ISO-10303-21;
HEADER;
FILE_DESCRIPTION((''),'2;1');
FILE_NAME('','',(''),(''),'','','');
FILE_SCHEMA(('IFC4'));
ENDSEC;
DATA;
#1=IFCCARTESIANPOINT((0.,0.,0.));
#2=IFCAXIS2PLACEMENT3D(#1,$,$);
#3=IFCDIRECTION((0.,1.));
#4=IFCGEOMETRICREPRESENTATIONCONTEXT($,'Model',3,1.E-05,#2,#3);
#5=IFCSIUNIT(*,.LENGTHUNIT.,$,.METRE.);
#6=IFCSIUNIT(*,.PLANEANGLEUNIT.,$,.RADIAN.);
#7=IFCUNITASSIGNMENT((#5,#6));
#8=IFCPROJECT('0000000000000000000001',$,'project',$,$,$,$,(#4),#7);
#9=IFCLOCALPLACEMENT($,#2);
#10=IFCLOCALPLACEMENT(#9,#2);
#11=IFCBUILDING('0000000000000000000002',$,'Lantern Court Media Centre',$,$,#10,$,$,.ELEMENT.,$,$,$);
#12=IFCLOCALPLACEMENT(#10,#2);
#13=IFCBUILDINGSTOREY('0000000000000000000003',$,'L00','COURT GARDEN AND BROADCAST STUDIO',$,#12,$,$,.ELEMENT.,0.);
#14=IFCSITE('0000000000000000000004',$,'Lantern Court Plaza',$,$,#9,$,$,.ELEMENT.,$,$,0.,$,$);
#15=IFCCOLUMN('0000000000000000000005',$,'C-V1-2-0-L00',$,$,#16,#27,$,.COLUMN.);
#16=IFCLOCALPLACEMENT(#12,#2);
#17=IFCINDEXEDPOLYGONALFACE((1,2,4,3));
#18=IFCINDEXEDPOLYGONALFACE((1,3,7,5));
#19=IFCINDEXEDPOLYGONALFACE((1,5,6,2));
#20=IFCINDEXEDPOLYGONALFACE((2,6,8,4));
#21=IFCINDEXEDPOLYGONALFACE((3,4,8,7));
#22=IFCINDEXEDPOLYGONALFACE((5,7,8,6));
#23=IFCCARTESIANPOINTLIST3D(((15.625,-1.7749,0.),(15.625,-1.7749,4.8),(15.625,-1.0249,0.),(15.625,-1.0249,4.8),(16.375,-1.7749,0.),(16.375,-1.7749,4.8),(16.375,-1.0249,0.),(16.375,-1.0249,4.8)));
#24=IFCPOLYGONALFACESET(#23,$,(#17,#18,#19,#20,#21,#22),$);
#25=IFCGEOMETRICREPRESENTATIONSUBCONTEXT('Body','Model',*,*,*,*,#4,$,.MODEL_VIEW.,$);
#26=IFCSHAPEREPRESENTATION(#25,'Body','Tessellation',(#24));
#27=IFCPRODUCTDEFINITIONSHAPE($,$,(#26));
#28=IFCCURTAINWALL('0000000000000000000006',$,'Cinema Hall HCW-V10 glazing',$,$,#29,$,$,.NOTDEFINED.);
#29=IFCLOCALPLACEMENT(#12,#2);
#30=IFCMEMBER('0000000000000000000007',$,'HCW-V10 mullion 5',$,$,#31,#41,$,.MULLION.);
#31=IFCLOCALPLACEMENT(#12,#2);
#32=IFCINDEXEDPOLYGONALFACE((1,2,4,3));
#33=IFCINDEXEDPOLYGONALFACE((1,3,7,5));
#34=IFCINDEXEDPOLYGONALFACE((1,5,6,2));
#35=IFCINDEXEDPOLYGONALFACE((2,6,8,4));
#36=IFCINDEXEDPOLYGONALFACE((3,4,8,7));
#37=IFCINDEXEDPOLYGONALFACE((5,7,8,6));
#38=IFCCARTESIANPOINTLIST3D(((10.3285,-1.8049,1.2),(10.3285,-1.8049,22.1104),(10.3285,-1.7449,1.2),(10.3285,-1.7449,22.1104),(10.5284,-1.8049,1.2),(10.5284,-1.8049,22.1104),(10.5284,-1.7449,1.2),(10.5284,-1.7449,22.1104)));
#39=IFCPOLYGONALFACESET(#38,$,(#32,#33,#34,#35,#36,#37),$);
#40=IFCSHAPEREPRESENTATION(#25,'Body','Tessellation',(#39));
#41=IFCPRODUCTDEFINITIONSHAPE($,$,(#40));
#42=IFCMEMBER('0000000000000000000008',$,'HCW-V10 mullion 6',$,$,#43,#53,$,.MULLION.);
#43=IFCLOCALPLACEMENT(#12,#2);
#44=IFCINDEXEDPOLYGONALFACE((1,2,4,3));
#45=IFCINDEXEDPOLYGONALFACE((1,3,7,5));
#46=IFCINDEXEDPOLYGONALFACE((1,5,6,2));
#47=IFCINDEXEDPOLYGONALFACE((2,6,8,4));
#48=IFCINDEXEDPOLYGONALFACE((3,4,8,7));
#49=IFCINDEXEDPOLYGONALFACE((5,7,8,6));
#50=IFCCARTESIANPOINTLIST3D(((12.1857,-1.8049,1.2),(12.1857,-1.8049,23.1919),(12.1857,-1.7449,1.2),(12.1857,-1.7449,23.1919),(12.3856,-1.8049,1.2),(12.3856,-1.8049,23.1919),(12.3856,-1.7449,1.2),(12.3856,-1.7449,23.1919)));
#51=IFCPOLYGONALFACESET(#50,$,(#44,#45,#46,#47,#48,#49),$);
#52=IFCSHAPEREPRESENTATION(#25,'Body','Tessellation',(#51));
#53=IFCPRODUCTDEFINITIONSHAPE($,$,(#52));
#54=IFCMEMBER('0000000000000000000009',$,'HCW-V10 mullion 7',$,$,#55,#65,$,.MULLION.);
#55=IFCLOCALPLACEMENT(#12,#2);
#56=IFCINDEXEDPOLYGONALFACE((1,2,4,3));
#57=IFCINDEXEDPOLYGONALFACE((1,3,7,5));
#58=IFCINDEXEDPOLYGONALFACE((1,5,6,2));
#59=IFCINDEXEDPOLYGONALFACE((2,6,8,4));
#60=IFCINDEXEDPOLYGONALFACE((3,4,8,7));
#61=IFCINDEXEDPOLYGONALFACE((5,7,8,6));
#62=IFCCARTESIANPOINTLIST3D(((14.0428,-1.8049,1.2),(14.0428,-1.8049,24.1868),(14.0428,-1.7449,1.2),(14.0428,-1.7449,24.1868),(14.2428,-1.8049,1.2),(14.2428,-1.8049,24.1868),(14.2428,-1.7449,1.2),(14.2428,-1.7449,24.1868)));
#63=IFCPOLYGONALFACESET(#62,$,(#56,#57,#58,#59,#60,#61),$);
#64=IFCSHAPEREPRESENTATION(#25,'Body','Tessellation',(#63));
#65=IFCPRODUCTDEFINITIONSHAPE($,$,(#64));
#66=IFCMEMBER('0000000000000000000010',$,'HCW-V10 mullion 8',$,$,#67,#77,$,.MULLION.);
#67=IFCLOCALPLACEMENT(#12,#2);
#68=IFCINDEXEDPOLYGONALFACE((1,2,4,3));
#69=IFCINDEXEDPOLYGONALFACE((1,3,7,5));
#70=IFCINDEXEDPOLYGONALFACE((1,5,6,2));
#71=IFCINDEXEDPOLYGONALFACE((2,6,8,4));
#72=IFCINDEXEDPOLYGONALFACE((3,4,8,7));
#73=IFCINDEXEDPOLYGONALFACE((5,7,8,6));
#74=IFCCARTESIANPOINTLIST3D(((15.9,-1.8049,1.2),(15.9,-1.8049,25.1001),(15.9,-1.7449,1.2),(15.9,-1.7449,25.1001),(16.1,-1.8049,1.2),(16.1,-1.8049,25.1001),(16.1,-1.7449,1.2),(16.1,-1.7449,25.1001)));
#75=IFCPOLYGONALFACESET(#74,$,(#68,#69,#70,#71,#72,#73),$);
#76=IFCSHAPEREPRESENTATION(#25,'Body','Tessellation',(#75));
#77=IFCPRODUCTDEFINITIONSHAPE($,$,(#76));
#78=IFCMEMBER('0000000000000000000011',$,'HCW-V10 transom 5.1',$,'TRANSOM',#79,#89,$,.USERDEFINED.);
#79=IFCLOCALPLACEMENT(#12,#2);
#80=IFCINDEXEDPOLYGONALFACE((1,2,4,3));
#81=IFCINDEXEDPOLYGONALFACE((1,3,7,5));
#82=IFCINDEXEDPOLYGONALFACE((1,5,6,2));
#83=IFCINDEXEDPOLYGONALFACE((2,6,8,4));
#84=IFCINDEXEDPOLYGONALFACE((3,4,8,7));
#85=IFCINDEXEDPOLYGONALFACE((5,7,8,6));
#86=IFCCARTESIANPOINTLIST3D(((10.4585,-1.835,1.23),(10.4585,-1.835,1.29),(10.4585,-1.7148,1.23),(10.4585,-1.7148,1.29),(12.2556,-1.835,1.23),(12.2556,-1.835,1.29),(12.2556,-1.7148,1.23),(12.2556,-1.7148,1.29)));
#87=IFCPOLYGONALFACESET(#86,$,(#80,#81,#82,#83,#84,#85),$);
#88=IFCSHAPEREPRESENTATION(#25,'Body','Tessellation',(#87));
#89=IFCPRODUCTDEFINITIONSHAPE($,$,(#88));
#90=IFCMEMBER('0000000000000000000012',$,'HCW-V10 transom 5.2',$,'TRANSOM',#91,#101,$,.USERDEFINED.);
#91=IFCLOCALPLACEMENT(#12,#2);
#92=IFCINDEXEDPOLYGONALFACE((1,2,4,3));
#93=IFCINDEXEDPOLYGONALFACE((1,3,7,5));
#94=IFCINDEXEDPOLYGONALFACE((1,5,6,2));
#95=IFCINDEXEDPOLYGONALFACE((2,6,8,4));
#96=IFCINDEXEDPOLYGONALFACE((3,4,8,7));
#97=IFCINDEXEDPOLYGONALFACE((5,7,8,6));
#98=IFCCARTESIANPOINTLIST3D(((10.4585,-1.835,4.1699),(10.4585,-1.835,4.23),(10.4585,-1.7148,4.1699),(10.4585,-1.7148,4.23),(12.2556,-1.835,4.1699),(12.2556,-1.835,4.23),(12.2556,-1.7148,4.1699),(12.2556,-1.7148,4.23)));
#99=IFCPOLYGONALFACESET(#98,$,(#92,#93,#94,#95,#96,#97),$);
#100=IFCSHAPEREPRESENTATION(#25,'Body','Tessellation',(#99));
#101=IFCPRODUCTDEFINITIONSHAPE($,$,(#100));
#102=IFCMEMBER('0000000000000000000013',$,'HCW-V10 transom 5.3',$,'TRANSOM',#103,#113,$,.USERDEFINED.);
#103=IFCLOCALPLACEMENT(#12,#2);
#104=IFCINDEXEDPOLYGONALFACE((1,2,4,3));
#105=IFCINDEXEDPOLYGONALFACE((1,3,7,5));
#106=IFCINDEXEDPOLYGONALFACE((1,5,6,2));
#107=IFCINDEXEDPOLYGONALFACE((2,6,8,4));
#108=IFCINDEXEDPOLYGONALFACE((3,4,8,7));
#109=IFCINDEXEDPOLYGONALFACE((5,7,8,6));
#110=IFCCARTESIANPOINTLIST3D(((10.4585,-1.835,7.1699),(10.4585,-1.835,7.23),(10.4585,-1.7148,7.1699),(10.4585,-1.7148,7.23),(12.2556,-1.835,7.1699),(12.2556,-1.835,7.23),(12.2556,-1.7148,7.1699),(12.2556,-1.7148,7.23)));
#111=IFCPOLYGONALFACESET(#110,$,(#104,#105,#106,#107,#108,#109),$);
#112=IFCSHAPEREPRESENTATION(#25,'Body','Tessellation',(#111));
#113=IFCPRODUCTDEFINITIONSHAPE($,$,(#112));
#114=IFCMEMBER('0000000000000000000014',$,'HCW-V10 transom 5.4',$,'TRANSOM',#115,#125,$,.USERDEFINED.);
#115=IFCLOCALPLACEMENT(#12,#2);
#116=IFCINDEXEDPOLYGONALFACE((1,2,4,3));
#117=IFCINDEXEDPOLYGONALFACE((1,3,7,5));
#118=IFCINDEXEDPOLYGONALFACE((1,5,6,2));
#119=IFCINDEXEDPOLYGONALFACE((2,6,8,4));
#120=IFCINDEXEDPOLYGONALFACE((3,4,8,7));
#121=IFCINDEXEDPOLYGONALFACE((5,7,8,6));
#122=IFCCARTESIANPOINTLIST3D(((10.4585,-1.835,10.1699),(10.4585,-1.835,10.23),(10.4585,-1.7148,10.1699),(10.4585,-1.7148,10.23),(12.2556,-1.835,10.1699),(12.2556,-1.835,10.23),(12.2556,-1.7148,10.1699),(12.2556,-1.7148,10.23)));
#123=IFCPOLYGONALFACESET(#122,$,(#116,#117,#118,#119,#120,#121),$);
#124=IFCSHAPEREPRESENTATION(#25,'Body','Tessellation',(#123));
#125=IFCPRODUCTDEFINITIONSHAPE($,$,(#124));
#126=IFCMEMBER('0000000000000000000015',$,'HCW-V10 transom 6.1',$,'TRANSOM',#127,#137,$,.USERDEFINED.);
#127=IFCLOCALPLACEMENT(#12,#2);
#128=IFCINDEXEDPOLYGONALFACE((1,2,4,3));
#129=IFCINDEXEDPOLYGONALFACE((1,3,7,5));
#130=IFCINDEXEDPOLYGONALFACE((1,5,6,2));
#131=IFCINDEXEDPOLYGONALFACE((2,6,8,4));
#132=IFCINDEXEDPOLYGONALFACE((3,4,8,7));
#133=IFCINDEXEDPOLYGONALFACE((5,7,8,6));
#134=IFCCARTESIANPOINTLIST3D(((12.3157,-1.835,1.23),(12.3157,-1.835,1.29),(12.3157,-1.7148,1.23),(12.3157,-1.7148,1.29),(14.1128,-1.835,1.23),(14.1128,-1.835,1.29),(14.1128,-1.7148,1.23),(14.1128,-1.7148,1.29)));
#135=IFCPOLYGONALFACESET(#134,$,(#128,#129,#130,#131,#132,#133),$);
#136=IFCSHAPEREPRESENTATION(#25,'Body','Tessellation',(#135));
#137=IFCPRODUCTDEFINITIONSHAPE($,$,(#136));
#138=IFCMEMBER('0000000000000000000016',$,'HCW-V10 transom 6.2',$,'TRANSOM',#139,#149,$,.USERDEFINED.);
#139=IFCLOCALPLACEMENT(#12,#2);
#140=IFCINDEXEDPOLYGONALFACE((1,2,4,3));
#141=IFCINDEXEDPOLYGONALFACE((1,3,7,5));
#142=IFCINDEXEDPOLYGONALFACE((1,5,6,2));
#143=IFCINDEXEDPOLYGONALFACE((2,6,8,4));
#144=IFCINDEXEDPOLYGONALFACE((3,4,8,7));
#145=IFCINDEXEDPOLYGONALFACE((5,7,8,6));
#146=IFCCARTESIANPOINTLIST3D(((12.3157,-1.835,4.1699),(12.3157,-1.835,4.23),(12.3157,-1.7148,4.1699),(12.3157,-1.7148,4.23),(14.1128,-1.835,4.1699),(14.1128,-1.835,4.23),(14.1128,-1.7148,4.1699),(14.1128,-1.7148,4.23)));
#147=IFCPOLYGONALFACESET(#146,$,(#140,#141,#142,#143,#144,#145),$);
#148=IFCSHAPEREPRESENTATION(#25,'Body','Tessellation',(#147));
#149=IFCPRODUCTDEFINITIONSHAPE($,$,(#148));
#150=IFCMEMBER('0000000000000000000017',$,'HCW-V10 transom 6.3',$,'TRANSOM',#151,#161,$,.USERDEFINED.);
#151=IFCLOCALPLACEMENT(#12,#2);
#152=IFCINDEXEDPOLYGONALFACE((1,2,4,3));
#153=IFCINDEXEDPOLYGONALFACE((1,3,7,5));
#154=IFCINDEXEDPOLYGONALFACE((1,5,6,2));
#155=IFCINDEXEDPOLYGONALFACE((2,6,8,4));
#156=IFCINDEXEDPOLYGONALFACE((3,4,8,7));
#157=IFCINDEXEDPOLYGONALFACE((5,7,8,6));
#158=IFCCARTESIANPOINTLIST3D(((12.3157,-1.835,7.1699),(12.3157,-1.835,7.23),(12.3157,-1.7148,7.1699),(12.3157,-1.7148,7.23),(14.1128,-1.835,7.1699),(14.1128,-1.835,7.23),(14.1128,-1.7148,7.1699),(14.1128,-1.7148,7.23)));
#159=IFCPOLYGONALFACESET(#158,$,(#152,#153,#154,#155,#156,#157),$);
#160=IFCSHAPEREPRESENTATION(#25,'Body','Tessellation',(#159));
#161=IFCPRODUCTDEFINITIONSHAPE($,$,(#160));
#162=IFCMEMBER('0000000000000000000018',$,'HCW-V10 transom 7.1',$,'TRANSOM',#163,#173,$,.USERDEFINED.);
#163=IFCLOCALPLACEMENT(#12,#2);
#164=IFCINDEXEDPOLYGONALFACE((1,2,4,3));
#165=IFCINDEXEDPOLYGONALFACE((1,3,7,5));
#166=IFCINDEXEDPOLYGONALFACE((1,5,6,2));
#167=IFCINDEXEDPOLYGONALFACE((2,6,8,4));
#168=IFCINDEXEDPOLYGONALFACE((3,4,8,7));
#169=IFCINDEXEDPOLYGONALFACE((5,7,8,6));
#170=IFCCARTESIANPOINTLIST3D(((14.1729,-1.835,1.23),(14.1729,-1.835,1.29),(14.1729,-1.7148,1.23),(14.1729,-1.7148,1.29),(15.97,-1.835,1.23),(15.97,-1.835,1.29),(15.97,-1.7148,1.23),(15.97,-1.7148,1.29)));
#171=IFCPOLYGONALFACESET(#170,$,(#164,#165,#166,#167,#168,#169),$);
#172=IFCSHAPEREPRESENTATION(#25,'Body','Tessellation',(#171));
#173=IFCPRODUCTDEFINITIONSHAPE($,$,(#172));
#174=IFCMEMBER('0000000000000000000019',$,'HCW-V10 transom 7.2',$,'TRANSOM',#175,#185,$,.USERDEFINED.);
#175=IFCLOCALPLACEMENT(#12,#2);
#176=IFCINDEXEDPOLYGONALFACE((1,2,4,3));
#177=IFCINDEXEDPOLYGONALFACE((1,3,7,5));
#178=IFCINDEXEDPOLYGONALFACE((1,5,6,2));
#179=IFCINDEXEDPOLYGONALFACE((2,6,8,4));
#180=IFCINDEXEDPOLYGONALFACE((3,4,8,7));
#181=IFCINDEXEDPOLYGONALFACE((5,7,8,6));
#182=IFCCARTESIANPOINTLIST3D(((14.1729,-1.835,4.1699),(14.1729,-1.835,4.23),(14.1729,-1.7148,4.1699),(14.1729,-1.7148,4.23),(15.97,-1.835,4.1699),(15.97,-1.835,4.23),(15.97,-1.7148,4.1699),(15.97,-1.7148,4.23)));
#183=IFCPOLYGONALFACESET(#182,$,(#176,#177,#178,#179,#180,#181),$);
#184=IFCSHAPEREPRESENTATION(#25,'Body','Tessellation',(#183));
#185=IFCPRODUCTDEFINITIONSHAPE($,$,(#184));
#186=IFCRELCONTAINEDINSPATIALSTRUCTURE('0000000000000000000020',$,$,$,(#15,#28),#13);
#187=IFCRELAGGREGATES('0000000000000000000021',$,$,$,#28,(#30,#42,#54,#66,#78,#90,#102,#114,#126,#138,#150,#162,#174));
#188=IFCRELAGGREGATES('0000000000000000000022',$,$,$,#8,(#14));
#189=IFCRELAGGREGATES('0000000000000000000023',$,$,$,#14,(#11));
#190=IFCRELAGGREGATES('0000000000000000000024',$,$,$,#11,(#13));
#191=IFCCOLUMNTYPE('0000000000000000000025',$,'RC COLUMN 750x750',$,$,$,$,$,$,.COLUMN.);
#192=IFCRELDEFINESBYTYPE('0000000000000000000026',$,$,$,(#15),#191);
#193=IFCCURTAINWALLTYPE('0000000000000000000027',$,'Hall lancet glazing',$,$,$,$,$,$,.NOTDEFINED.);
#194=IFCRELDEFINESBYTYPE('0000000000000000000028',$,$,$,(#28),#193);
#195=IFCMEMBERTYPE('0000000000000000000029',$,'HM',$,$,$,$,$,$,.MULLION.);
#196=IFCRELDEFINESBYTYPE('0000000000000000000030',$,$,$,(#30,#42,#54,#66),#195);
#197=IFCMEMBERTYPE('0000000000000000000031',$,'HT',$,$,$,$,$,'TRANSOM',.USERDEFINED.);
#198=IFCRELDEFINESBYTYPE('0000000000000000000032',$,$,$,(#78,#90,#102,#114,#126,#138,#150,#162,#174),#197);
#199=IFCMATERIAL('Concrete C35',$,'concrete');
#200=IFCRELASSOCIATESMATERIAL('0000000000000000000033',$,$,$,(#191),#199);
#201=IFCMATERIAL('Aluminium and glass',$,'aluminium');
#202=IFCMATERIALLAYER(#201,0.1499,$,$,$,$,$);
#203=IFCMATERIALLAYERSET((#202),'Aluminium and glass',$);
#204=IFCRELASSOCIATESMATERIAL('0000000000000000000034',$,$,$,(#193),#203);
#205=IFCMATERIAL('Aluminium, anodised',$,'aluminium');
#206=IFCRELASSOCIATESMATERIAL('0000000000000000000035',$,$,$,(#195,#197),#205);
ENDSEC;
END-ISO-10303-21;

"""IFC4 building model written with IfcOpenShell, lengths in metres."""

from ifc_helpers import new_model, si_unit, direction, frame, origin, origin_2d, place, context, subcontext, project, spatial, rectangle, extrude, material, layer, layer_set, material_profile, profile_set, type_object, element, aggregate, save


model = new_model("IFC4")

# Units and contexts
model_context = context("Model", 3, precision=1e-05, world=origin(), true_north=direction((0.0, 1.0)))
body_context = subcontext(model_context, "Body", "Model", "MODEL_VIEW")
ifc_project = project(units=[si_unit("LENGTHUNIT", "METRE"), si_unit("PLANEANGLEUNIT", "RADIAN")], contexts=[model_context])

# Site, building, storey
site_placement = place(None, origin())
site = spatial("IfcSite", under=ifc_project, at=site_placement, Name="Lantern Court Plaza", CompositionType="ELEMENT", RefElevation=0.0)
building_placement = place(site_placement, origin())
building = spatial("IfcBuilding", under=site, at=building_placement, Name="Lantern Court Media Centre", CompositionType="ELEMENT")
storey_placement = place(building_placement, origin())
storey = spatial("IfcBuildingStorey", under=building, at=storey_placement, Name="L00", Description="COURT GARDEN AND BROADCAST STUDIO", CompositionType="ELEMENT", Elevation=0.0)

# Column
ifc_material_1 = material(Name="Concrete C35", Category="concrete")
ifc_material_profile_1 = material_profile(ifc_material_1, rectangle(XDim=0.75, YDim=0.75, at=origin_2d()), Name="RC 750x750")
ifc_profile_set_1 = profile_set([ifc_material_profile_1], Name="Concrete C35")
column_type = type_object("IfcColumnType", Name="RC COLUMN 750x750", PredefinedType="COLUMN", material=ifc_profile_set_1)
column_placement = place(storey_placement, frame((16.0, -1.3999, 0.0), z_axis=(0.0, 0.0, 1.0), x_axis=(1.0, 0.0, 0.0)))
element("IfcColumn", 1, at=column_placement, inside=storey, type_object=column_type, Name="C-V1-2-0-L00", PredefinedType="COLUMN", context=body_context, shape_type="SweptSolid", body=[
    extrude(rectangle(XDim=0.75, YDim=0.75, at=origin_2d()), origin(), (0.0, 0.0, 1.0), 4.8),
])

# Curtain wall, members
ifc_material_2 = material(Name="Aluminium and glass", Category="aluminium")
ifc_layer_1 = layer(ifc_material_2, 0.1499)
ifc_layer_set_1 = layer_set([ifc_layer_1], Name="Aluminium and glass")
curtain_wall_type = type_object("IfcCurtainWallType", Name="Hall lancet glazing", PredefinedType="NOTDEFINED", material=ifc_layer_set_1)
curtain_wall_placement = place(storey_placement, origin())
curtain_wall = element("IfcCurtainWall", 2, at=curtain_wall_placement, inside=storey, type_object=curtain_wall_type, Name="Cinema Hall HCW-V10 glazing", PredefinedType="NOTDEFINED")
ifc_material_3 = material(Name="Aluminium, anodised", Category="aluminium")
ifc_material_profile_2 = material_profile(ifc_material_3, rectangle(XDim=0.0601, YDim=0.2, at=origin_2d()), Name="HM")
ifc_profile_set_2 = profile_set([ifc_material_profile_2], Name="Aluminium, anodised")
member_type_1 = type_object("IfcMemberType", Name="HM", PredefinedType="MULLION", material=ifc_profile_set_2)
member_1_placement = place(storey_placement, frame((10.4285, -1.7749, 1.2), z_axis=(0.0, 0.0, 1.0), x_axis=(0.0, 1.0, 0.0)))
member_1 = element("IfcMember", 3, at=member_1_placement, type_object=member_type_1, Name="HCW-V10 mullion 5", PredefinedType="MULLION", context=body_context, shape_type="SweptSolid", body=[
    extrude(rectangle(XDim=0.0601, YDim=0.2, at=origin_2d()), origin(), (0.0, 0.0, 1.0), 20.9104),
])
member_2_placement = place(storey_placement, frame((12.2856, -1.7749, 1.2), z_axis=(0.0, 0.0, 1.0), x_axis=(0.0, 1.0, 0.0)))
member_2 = element("IfcMember", 4, at=member_2_placement, type_object=member_type_1, Name="HCW-V10 mullion 6", PredefinedType="MULLION", context=body_context, shape_type="SweptSolid", body=[
    extrude(rectangle(XDim=0.0601, YDim=0.2, at=origin_2d()), origin(), (0.0, 0.0, 1.0), 21.9919),
])
member_3_placement = place(storey_placement, frame((14.1428, -1.7749, 1.2), z_axis=(0.0, 0.0, 1.0), x_axis=(0.0, 1.0, 0.0)))
member_3 = element("IfcMember", 5, at=member_3_placement, type_object=member_type_1, Name="HCW-V10 mullion 7", PredefinedType="MULLION", context=body_context, shape_type="SweptSolid", body=[
    extrude(rectangle(XDim=0.0601, YDim=0.2, at=origin_2d()), origin(), (0.0, 0.0, 1.0), 22.9868),
])
member_4_placement = place(storey_placement, frame((16.0, -1.7749, 1.2), z_axis=(0.0, 0.0, 1.0), x_axis=(0.0, 1.0, 0.0)))
member_4 = element("IfcMember", 6, at=member_4_placement, type_object=member_type_1, Name="HCW-V10 mullion 8", PredefinedType="MULLION", context=body_context, shape_type="SweptSolid", body=[
    extrude(rectangle(XDim=0.0601, YDim=0.2, at=origin_2d()), origin(), (0.0, 0.0, 1.0), 23.9001),
])
ifc_material_profile_3 = material_profile(ifc_material_3, rectangle(XDim=0.1201, YDim=0.0601, at=origin_2d()), Name="HT")
ifc_profile_set_3 = profile_set([ifc_material_profile_3], Name="Aluminium, anodised")
member_type_2 = type_object("IfcMemberType", Name="HT", ElementType="TRANSOM", PredefinedType="USERDEFINED", material=ifc_profile_set_3)
member_5_placement = place(storey_placement, frame((10.4585, -1.7749, 1.26), z_axis=(1.0, 0.0, 0.0), x_axis=(0.0, 1.0, 0.0)))
member_5 = element("IfcMember", 7, at=member_5_placement, type_object=member_type_2, Name="HCW-V10 transom 5.1", ObjectType="TRANSOM", PredefinedType="USERDEFINED", context=body_context, shape_type="SweptSolid", body=[
    extrude(rectangle(XDim=0.1201, YDim=0.0601, at=origin_2d()), origin(), (0.0, 0.0, 1.0), 1.7971),
])
member_6_placement = place(storey_placement, frame((10.4585, -1.7749, 4.2), z_axis=(1.0, 0.0, 0.0), x_axis=(0.0, 1.0, 0.0)))
member_6 = element("IfcMember", 8, at=member_6_placement, type_object=member_type_2, Name="HCW-V10 transom 5.2", ObjectType="TRANSOM", PredefinedType="USERDEFINED", context=body_context, shape_type="SweptSolid", body=[
    extrude(rectangle(XDim=0.1201, YDim=0.0601, at=origin_2d()), origin(), (0.0, 0.0, 1.0), 1.7971),
])
member_7_placement = place(storey_placement, frame((10.4585, -1.7749, 7.2), z_axis=(1.0, 0.0, 0.0), x_axis=(0.0, 1.0, 0.0)))
member_7 = element("IfcMember", 9, at=member_7_placement, type_object=member_type_2, Name="HCW-V10 transom 5.3", ObjectType="TRANSOM", PredefinedType="USERDEFINED", context=body_context, shape_type="SweptSolid", body=[
    extrude(rectangle(XDim=0.1201, YDim=0.0601, at=origin_2d()), origin(), (0.0, 0.0, 1.0), 1.7971),
])
member_8_placement = place(storey_placement, frame((10.4585, -1.7749, 10.2), z_axis=(1.0, 0.0, 0.0), x_axis=(0.0, 1.0, 0.0)))
member_8 = element("IfcMember", 10, at=member_8_placement, type_object=member_type_2, Name="HCW-V10 transom 5.4", ObjectType="TRANSOM", PredefinedType="USERDEFINED", context=body_context, shape_type="SweptSolid", body=[
    extrude(rectangle(XDim=0.1201, YDim=0.0601, at=origin_2d()), origin(), (0.0, 0.0, 1.0), 1.7971),
])
member_9_placement = place(storey_placement, frame((12.3157, -1.7749, 1.26), z_axis=(1.0, 0.0, 0.0), x_axis=(0.0, 1.0, 0.0)))
member_9 = element("IfcMember", 11, at=member_9_placement, type_object=member_type_2, Name="HCW-V10 transom 6.1", ObjectType="TRANSOM", PredefinedType="USERDEFINED", context=body_context, shape_type="SweptSolid", body=[
    extrude(rectangle(XDim=0.1201, YDim=0.0601, at=origin_2d()), origin(), (0.0, 0.0, 1.0), 1.7971),
])
member_10_placement = place(storey_placement, frame((12.3157, -1.7749, 4.2), z_axis=(1.0, 0.0, 0.0), x_axis=(0.0, 1.0, 0.0)))
member_10 = element("IfcMember", 12, at=member_10_placement, type_object=member_type_2, Name="HCW-V10 transom 6.2", ObjectType="TRANSOM", PredefinedType="USERDEFINED", context=body_context, shape_type="SweptSolid", body=[
    extrude(rectangle(XDim=0.1201, YDim=0.0601, at=origin_2d()), origin(), (0.0, 0.0, 1.0), 1.7971),
])
member_11_placement = place(storey_placement, frame((12.3157, -1.7749, 7.2), z_axis=(1.0, 0.0, 0.0), x_axis=(0.0, 1.0, 0.0)))
member_11 = element("IfcMember", 13, at=member_11_placement, type_object=member_type_2, Name="HCW-V10 transom 6.3", ObjectType="TRANSOM", PredefinedType="USERDEFINED", context=body_context, shape_type="SweptSolid", body=[
    extrude(rectangle(XDim=0.1201, YDim=0.0601, at=origin_2d()), origin(), (0.0, 0.0, 1.0), 1.7971),
])
member_12_placement = place(storey_placement, frame((14.1729, -1.7749, 1.26), z_axis=(1.0, 0.0, 0.0), x_axis=(0.0, 1.0, 0.0)))
member_12 = element("IfcMember", 14, at=member_12_placement, type_object=member_type_2, Name="HCW-V10 transom 7.1", ObjectType="TRANSOM", PredefinedType="USERDEFINED", context=body_context, shape_type="SweptSolid", body=[
    extrude(rectangle(XDim=0.1201, YDim=0.0601, at=origin_2d()), origin(), (0.0, 0.0, 1.0), 1.7971),
])
member_13_placement = place(storey_placement, frame((14.1729, -1.7749, 4.2), z_axis=(1.0, 0.0, 0.0), x_axis=(0.0, 1.0, 0.0)))
member_13 = element("IfcMember", 15, at=member_13_placement, type_object=member_type_2, Name="HCW-V10 transom 7.2", ObjectType="TRANSOM", PredefinedType="USERDEFINED", context=body_context, shape_type="SweptSolid", body=[
    extrude(rectangle(XDim=0.1201, YDim=0.0601, at=origin_2d()), origin(), (0.0, 0.0, 1.0), 1.7971),
])

aggregate(curtain_wall, [member_1, member_2, member_3, member_4, member_5, member_6, member_7, member_8, member_9, member_10, member_11, member_12, member_13])

save(model, "model.ifc")
